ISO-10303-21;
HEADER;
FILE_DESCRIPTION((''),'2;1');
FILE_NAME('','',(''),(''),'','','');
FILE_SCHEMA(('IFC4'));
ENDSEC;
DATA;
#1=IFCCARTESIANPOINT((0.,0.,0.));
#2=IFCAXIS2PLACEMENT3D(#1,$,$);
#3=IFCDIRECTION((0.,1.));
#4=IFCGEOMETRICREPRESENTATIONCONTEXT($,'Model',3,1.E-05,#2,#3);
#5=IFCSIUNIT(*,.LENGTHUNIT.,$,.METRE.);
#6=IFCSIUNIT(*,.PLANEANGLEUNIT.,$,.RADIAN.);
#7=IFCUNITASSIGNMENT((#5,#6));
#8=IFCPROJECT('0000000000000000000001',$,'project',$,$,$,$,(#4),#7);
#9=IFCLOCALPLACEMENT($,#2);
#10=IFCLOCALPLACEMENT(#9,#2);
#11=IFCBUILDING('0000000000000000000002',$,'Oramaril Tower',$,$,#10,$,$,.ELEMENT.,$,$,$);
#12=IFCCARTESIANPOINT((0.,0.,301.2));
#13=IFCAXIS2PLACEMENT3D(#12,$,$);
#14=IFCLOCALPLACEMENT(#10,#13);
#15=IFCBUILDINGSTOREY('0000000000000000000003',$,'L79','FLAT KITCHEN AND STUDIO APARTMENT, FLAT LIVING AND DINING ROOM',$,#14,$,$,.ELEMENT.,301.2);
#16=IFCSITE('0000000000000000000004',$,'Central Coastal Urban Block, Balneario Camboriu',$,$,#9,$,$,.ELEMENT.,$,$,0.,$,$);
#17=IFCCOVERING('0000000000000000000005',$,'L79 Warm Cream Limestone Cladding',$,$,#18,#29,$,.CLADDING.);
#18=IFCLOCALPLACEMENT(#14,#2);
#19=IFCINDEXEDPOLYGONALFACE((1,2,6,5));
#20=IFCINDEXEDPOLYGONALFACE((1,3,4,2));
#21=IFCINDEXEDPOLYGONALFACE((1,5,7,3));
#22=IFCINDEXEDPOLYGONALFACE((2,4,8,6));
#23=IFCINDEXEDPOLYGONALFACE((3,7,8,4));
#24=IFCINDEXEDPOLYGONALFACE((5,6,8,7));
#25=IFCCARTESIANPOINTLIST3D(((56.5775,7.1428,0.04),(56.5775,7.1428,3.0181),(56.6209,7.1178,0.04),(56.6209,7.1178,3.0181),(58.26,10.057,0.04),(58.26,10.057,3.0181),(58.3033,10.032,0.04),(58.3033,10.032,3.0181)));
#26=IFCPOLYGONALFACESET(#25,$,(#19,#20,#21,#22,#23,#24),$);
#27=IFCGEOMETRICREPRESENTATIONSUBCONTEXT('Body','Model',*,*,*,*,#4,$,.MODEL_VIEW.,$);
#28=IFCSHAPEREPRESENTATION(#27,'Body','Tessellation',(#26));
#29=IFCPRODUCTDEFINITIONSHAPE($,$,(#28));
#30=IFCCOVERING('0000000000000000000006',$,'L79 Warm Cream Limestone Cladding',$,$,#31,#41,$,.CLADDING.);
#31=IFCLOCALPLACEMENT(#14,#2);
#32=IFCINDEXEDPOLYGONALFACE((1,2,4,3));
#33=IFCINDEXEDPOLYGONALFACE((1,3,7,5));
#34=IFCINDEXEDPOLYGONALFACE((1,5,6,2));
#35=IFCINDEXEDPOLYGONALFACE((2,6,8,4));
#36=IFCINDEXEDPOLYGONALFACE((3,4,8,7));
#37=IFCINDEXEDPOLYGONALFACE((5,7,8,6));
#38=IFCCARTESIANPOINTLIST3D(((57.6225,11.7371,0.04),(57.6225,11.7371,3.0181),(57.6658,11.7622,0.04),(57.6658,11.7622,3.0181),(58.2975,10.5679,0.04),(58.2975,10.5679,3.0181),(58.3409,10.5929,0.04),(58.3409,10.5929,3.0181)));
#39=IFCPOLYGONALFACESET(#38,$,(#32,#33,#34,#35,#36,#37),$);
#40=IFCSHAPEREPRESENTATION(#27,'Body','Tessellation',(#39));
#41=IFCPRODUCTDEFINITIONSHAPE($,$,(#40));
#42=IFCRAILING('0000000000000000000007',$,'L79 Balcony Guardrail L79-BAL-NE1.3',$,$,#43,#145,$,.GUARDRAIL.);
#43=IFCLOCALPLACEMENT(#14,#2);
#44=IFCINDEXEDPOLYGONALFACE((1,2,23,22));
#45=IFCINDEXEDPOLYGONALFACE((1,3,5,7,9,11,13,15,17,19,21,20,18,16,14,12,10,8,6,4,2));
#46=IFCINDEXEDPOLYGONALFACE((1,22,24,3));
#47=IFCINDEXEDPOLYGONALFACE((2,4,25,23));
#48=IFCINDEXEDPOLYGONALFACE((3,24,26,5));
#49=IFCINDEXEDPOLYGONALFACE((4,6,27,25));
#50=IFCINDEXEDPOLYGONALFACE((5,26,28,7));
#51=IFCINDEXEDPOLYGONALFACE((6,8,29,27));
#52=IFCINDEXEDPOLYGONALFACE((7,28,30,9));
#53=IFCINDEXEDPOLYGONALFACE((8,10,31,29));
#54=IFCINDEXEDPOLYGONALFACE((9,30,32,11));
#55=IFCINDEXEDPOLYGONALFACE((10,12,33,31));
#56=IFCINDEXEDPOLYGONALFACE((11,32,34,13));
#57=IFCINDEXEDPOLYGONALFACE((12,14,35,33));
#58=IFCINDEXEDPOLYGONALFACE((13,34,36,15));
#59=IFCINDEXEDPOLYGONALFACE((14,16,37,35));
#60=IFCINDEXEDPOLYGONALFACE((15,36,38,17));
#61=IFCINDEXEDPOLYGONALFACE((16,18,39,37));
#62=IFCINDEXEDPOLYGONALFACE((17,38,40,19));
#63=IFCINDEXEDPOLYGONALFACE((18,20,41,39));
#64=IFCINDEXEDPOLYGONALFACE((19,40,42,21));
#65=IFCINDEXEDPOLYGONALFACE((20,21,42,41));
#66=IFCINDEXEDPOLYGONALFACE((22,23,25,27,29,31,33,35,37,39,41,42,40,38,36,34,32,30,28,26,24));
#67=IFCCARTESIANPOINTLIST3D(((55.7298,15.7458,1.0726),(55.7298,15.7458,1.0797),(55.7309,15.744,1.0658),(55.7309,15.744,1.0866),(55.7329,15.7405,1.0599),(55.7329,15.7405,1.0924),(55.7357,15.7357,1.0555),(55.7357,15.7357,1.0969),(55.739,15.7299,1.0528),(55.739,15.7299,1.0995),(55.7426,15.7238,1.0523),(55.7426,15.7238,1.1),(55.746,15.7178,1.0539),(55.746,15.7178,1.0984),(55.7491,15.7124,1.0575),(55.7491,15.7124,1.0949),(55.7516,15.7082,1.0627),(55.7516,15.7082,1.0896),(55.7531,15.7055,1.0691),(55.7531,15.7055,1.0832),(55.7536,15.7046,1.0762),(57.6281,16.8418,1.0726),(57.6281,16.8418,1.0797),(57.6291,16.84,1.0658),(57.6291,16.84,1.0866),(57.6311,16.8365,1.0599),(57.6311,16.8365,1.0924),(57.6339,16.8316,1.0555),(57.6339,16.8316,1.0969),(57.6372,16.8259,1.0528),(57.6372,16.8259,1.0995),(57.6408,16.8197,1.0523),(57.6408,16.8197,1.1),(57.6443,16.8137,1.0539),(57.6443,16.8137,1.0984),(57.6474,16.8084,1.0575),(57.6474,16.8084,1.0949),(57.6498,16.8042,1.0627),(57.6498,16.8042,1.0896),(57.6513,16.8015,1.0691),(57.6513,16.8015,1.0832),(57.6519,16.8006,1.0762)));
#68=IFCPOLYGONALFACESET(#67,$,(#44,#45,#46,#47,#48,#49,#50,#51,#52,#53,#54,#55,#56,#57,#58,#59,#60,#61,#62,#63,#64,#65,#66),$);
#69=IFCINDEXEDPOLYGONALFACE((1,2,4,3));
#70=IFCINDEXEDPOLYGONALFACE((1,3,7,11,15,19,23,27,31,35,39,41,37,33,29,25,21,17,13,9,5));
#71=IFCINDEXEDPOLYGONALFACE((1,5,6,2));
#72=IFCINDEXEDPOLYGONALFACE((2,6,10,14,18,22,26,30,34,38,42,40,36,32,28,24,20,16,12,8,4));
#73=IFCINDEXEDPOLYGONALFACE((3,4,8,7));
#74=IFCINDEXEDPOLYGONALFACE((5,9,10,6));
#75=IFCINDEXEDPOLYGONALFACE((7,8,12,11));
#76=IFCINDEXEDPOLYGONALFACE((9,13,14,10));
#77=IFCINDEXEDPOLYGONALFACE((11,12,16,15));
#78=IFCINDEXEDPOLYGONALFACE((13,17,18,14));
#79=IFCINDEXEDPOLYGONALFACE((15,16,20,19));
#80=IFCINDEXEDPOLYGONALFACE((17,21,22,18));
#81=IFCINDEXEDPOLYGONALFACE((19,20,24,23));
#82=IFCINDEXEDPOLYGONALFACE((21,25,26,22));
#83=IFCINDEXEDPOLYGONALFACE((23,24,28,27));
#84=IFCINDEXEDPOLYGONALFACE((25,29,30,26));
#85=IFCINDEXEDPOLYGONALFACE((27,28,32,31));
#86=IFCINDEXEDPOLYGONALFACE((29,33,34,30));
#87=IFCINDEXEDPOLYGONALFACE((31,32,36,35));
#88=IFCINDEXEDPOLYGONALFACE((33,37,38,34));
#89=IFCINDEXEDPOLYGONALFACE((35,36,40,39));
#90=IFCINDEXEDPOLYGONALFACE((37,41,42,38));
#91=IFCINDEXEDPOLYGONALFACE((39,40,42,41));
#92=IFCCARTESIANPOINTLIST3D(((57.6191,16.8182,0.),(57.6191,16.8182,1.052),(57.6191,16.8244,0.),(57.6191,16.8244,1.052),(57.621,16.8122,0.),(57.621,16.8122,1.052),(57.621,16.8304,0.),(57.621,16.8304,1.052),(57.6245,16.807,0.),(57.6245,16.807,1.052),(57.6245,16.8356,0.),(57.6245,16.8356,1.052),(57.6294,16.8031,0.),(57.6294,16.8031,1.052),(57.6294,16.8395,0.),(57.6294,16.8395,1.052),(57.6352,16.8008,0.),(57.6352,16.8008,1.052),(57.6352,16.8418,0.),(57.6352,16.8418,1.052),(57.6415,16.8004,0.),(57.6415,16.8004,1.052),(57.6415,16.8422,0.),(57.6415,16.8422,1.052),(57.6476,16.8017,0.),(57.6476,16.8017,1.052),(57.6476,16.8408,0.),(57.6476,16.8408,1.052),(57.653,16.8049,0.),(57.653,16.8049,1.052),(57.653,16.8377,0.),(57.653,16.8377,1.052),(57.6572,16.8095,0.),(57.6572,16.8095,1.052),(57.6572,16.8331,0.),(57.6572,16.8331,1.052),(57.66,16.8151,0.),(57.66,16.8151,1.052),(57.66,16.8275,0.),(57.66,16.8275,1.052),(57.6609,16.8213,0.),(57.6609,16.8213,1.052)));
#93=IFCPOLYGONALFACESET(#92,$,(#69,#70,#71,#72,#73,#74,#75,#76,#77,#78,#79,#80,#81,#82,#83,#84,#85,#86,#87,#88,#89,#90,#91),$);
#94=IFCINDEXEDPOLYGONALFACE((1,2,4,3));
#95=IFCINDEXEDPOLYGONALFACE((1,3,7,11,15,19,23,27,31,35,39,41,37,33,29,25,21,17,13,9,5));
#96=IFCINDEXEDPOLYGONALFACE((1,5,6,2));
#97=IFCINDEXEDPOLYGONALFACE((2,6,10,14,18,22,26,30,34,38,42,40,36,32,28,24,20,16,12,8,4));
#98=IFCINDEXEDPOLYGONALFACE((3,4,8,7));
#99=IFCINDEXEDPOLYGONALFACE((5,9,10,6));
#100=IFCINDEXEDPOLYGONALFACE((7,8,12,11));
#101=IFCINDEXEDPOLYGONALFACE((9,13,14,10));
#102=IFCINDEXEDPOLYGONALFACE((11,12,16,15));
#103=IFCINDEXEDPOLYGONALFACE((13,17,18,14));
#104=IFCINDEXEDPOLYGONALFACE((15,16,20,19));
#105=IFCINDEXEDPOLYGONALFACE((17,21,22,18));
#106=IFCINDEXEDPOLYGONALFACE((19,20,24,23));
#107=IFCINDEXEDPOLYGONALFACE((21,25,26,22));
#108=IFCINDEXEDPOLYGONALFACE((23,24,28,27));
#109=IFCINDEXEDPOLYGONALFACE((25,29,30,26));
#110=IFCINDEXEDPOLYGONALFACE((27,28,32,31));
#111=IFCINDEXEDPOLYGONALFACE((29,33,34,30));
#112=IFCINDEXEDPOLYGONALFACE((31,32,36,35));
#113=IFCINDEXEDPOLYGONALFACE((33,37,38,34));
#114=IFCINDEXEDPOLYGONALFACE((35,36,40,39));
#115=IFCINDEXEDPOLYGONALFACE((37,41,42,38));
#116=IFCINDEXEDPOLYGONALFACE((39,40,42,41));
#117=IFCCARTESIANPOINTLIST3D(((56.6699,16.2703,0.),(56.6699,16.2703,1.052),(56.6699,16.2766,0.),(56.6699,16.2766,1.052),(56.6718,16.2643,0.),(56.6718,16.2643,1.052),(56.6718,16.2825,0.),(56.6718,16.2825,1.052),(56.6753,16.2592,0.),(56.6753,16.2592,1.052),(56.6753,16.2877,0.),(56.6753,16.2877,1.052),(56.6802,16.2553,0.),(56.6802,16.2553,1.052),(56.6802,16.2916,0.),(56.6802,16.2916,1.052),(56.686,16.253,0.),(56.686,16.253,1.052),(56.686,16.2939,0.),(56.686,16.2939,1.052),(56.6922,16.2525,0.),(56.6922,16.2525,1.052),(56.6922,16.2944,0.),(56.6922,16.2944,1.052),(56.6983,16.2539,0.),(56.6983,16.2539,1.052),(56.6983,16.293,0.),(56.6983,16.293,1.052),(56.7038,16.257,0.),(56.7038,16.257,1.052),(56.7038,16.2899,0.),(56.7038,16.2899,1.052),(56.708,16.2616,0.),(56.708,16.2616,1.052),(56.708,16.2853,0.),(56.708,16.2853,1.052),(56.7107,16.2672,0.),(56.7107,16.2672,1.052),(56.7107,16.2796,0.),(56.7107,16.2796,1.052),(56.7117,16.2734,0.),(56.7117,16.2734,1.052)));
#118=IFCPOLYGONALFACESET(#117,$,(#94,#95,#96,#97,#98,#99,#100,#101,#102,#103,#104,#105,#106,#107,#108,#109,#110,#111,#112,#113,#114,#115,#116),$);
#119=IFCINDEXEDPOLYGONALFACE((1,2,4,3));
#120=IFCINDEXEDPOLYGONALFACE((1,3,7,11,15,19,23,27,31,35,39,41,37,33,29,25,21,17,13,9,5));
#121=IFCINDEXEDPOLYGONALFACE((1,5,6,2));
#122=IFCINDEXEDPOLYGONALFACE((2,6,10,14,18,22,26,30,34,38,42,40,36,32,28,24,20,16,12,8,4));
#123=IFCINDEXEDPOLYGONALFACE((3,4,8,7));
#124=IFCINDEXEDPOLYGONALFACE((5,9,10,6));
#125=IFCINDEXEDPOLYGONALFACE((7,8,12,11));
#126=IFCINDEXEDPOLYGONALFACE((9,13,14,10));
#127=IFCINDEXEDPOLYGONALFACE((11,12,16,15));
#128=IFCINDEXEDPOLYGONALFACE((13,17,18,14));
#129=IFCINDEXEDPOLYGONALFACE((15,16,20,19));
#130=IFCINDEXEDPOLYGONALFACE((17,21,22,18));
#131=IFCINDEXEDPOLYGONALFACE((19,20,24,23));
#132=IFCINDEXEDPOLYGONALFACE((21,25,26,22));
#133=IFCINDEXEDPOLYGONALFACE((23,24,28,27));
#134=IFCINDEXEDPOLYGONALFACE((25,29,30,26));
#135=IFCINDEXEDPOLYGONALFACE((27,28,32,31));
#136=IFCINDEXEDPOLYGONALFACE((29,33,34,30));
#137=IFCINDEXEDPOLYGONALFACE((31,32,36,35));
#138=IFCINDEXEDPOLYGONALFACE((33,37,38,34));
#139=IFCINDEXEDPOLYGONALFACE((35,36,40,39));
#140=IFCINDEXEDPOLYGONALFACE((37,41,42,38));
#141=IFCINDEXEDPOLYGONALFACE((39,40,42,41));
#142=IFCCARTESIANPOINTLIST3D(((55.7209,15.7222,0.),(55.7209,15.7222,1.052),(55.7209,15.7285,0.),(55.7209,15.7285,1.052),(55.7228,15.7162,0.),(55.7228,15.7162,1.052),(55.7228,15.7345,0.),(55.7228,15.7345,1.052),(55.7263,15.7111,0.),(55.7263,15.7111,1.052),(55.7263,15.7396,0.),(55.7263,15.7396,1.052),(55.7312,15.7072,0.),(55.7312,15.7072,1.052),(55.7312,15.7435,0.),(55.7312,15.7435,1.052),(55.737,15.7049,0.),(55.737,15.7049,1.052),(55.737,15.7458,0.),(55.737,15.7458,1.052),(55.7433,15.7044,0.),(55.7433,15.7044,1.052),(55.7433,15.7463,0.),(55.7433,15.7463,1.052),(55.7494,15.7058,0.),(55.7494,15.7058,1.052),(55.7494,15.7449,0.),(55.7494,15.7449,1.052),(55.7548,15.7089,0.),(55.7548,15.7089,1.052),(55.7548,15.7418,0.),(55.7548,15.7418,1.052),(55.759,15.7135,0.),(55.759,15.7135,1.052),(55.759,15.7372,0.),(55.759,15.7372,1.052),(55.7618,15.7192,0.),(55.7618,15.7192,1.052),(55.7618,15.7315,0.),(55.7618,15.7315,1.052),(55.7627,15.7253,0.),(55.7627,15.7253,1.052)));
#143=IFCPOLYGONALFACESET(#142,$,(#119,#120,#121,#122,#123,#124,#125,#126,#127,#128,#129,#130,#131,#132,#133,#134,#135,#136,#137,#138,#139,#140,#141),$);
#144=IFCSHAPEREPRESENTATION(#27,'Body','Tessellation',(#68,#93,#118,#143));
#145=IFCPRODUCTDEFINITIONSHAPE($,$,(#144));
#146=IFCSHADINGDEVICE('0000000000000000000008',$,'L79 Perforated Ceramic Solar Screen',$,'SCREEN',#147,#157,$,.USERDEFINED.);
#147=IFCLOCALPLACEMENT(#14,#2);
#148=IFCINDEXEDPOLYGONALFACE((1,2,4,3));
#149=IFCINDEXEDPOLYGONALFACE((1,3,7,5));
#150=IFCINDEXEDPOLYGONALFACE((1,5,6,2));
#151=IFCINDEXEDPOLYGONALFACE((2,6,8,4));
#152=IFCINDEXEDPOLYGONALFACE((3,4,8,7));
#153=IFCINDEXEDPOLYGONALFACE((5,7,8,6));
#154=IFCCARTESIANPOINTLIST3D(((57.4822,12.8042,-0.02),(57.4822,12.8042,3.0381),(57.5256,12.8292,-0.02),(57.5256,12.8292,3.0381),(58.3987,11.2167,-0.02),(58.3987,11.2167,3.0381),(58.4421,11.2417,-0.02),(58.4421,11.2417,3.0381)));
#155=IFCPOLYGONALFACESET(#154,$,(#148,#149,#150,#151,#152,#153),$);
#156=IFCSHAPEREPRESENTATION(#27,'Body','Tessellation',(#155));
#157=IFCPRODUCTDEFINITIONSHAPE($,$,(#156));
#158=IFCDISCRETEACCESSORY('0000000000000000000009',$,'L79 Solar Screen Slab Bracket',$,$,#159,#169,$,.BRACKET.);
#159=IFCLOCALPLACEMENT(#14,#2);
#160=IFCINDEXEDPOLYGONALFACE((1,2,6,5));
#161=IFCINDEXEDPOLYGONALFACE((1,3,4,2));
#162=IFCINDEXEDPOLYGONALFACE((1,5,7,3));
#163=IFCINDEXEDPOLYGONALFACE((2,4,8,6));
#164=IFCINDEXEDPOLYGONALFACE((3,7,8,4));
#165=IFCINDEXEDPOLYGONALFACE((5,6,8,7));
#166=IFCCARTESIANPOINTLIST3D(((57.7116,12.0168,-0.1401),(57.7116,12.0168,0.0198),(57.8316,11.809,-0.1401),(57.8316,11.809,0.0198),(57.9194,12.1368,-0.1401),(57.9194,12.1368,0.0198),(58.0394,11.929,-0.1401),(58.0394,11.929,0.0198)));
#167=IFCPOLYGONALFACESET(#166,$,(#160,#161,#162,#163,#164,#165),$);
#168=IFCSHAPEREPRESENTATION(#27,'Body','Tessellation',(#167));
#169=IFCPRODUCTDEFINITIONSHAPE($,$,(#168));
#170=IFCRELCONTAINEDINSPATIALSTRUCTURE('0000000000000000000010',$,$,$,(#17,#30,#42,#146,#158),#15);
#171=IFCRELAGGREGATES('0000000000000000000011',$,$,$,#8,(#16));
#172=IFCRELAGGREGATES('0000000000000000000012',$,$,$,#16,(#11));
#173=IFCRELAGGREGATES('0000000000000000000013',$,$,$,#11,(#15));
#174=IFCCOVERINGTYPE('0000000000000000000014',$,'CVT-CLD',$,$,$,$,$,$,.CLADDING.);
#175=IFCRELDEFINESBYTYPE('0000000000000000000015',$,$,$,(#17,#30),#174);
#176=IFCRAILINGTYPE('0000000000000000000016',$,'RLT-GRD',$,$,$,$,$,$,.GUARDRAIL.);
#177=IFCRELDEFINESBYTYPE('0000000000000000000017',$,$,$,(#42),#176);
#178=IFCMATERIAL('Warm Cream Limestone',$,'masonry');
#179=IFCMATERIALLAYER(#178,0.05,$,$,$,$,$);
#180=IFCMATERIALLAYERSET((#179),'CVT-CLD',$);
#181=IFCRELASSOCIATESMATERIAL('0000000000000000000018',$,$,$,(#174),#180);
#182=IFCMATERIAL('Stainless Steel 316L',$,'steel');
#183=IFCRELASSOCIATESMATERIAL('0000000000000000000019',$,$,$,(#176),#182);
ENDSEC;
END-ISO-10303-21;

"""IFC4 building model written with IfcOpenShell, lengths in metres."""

from ifc_helpers import new_model, si_unit, direction, frame, origin, origin_2d, place, context, subcontext, project, spatial, rectangle, circle, extrude, material, layer, layer_set, type_object, element, save


model = new_model("IFC4")

# Units and contexts
model_context = context("Model", 3, precision=1e-05, world=origin(), true_north=direction((0.0, 1.0)))
body_context = subcontext(model_context, "Body", "Model", "MODEL_VIEW")
ifc_project = project(units=[si_unit("LENGTHUNIT", "METRE"), si_unit("PLANEANGLEUNIT", "RADIAN")], contexts=[model_context])

# Site, building, storey
site_placement = place(None, origin())
site = spatial("IfcSite", under=ifc_project, at=site_placement, Name="Central Coastal Urban Block, Balneario Camboriu", CompositionType="ELEMENT", RefElevation=0.0)
building_placement = place(site_placement, origin())
building = spatial("IfcBuilding", under=site, at=building_placement, Name="Oramaril Tower", CompositionType="ELEMENT")
storey_placement = place(building_placement, frame((0.0, 0.0, 301.2)))
storey = spatial("IfcBuildingStorey", under=building, at=storey_placement, Name="L79", Description="FLAT KITCHEN AND STUDIO APARTMENT, FLAT LIVING AND DINING ROOM", CompositionType="ELEMENT", Elevation=301.2)

# Coverings
ifc_material_1 = material(Name="Warm Cream Limestone", Category="masonry")
ifc_layer_1 = layer(ifc_material_1, 0.05)
ifc_layer_set_1 = layer_set([ifc_layer_1], Name="CVT-CLD")
covering_type = type_object("IfcCoveringType", Name="CVT-CLD", PredefinedType="CLADDING", material=ifc_layer_set_1)
covering_1_placement = place(storey_placement, frame((57.4404, 8.5874, 0.04), z_axis=(0.0, 0.0, 1.0), x_axis=(0.499998, 0.866026, 0.0)))
element("IfcCovering", 1, at=covering_1_placement, inside=storey, type_object=covering_type, Name="L79 Warm Cream Limestone Cladding", PredefinedType="CLADDING", context=body_context, shape_type="SweptSolid", body=[
    extrude(rectangle(XDim=3.365, YDim=0.05, at=origin_2d()), origin(), (0.0, 0.0, 1.0), 2.978),
])
covering_2_placement = place(storey_placement, frame((57.9817, 11.165, 0.04), z_axis=(0.0, 0.0, 1.0), x_axis=(-0.500002, 0.866025, 0.0)))
element("IfcCovering", 2, at=covering_2_placement, inside=storey, type_object=covering_type, Name="L79 Warm Cream Limestone Cladding", PredefinedType="CLADDING", context=body_context, shape_type="SweptSolid", body=[
    extrude(rectangle(XDim=1.3501, YDim=0.05, at=origin_2d()), origin(), (0.0, 0.0, 1.0), 2.978),
])

# Railing
ifc_material_2 = material(Name="Stainless Steel 316L", Category="steel")
railing_type = type_object("IfcRailingType", Name="RLT-GRD", PredefinedType="GUARDRAIL", material=ifc_material_2)
railing_placement = place(storey_placement, frame((57.6399, 16.8213, 0.0)))
element("IfcRailing", 3, at=railing_placement, inside=storey, type_object=railing_type, Name="L79 Balcony Guardrail L79-BAL-NE1.3", PredefinedType="GUARDRAIL", context=body_context, shape_type="SweptSolid", body=[
    extrude(circle(Radius=0.0239, at=origin_2d()), frame((0.0, 0.0, 1.0762), z_axis=(-0.866021, -0.500008, 0.0), x_axis=(0.500008, -0.866021, 0.0)), (0.0, 0.0, 1.0), 2.1919),
    extrude(circle(Radius=0.021, at=origin_2d()), origin(), (0.0, 0.0, 1.0), 1.052),
    extrude(circle(Radius=0.021, at=origin_2d()), frame((-0.9492, -0.5479, 0.0)), (0.0, 0.0, 1.0), 1.052),
    extrude(circle(Radius=0.021, at=origin_2d()), frame((-1.8982, -1.0959, 0.0)), (0.0, 0.0, 1.0), 1.052),
])

# Shading device
shading_device_placement = place(storey_placement, frame((57.9622, 12.0229, -0.02), z_axis=(0.0, 0.0, 1.0), x_axis=(-0.500002, 0.866025, 0.0)))
element("IfcShadingDevice", 4, at=shading_device_placement, inside=storey, Name="L79 Perforated Ceramic Solar Screen", ObjectType="SCREEN", PredefinedType="USERDEFINED", context=body_context, shape_type="SweptSolid", body=[
    extrude(rectangle(XDim=1.833, YDim=0.05, at=origin_2d()), origin(), (0.0, 0.0, 1.0), 3.0581),
])

# Discrete accessory
discrete_accessory_placement = place(storey_placement, frame((57.8755, 11.9729, -0.1401), z_axis=(0.0, 0.0, 1.0), x_axis=(-0.500002, 0.866025, 0.0)))
element("IfcDiscreteAccessory", 5, at=discrete_accessory_placement, inside=storey, Name="L79 Solar Screen Slab Bracket", PredefinedType="BRACKET", context=body_context, shape_type="SweptSolid", body=[
    extrude(rectangle(XDim=0.24, YDim=0.24, at=origin_2d()), origin(), (0.0, 0.0, 1.0), 0.1599),
])

save(model, "model.ifc")
